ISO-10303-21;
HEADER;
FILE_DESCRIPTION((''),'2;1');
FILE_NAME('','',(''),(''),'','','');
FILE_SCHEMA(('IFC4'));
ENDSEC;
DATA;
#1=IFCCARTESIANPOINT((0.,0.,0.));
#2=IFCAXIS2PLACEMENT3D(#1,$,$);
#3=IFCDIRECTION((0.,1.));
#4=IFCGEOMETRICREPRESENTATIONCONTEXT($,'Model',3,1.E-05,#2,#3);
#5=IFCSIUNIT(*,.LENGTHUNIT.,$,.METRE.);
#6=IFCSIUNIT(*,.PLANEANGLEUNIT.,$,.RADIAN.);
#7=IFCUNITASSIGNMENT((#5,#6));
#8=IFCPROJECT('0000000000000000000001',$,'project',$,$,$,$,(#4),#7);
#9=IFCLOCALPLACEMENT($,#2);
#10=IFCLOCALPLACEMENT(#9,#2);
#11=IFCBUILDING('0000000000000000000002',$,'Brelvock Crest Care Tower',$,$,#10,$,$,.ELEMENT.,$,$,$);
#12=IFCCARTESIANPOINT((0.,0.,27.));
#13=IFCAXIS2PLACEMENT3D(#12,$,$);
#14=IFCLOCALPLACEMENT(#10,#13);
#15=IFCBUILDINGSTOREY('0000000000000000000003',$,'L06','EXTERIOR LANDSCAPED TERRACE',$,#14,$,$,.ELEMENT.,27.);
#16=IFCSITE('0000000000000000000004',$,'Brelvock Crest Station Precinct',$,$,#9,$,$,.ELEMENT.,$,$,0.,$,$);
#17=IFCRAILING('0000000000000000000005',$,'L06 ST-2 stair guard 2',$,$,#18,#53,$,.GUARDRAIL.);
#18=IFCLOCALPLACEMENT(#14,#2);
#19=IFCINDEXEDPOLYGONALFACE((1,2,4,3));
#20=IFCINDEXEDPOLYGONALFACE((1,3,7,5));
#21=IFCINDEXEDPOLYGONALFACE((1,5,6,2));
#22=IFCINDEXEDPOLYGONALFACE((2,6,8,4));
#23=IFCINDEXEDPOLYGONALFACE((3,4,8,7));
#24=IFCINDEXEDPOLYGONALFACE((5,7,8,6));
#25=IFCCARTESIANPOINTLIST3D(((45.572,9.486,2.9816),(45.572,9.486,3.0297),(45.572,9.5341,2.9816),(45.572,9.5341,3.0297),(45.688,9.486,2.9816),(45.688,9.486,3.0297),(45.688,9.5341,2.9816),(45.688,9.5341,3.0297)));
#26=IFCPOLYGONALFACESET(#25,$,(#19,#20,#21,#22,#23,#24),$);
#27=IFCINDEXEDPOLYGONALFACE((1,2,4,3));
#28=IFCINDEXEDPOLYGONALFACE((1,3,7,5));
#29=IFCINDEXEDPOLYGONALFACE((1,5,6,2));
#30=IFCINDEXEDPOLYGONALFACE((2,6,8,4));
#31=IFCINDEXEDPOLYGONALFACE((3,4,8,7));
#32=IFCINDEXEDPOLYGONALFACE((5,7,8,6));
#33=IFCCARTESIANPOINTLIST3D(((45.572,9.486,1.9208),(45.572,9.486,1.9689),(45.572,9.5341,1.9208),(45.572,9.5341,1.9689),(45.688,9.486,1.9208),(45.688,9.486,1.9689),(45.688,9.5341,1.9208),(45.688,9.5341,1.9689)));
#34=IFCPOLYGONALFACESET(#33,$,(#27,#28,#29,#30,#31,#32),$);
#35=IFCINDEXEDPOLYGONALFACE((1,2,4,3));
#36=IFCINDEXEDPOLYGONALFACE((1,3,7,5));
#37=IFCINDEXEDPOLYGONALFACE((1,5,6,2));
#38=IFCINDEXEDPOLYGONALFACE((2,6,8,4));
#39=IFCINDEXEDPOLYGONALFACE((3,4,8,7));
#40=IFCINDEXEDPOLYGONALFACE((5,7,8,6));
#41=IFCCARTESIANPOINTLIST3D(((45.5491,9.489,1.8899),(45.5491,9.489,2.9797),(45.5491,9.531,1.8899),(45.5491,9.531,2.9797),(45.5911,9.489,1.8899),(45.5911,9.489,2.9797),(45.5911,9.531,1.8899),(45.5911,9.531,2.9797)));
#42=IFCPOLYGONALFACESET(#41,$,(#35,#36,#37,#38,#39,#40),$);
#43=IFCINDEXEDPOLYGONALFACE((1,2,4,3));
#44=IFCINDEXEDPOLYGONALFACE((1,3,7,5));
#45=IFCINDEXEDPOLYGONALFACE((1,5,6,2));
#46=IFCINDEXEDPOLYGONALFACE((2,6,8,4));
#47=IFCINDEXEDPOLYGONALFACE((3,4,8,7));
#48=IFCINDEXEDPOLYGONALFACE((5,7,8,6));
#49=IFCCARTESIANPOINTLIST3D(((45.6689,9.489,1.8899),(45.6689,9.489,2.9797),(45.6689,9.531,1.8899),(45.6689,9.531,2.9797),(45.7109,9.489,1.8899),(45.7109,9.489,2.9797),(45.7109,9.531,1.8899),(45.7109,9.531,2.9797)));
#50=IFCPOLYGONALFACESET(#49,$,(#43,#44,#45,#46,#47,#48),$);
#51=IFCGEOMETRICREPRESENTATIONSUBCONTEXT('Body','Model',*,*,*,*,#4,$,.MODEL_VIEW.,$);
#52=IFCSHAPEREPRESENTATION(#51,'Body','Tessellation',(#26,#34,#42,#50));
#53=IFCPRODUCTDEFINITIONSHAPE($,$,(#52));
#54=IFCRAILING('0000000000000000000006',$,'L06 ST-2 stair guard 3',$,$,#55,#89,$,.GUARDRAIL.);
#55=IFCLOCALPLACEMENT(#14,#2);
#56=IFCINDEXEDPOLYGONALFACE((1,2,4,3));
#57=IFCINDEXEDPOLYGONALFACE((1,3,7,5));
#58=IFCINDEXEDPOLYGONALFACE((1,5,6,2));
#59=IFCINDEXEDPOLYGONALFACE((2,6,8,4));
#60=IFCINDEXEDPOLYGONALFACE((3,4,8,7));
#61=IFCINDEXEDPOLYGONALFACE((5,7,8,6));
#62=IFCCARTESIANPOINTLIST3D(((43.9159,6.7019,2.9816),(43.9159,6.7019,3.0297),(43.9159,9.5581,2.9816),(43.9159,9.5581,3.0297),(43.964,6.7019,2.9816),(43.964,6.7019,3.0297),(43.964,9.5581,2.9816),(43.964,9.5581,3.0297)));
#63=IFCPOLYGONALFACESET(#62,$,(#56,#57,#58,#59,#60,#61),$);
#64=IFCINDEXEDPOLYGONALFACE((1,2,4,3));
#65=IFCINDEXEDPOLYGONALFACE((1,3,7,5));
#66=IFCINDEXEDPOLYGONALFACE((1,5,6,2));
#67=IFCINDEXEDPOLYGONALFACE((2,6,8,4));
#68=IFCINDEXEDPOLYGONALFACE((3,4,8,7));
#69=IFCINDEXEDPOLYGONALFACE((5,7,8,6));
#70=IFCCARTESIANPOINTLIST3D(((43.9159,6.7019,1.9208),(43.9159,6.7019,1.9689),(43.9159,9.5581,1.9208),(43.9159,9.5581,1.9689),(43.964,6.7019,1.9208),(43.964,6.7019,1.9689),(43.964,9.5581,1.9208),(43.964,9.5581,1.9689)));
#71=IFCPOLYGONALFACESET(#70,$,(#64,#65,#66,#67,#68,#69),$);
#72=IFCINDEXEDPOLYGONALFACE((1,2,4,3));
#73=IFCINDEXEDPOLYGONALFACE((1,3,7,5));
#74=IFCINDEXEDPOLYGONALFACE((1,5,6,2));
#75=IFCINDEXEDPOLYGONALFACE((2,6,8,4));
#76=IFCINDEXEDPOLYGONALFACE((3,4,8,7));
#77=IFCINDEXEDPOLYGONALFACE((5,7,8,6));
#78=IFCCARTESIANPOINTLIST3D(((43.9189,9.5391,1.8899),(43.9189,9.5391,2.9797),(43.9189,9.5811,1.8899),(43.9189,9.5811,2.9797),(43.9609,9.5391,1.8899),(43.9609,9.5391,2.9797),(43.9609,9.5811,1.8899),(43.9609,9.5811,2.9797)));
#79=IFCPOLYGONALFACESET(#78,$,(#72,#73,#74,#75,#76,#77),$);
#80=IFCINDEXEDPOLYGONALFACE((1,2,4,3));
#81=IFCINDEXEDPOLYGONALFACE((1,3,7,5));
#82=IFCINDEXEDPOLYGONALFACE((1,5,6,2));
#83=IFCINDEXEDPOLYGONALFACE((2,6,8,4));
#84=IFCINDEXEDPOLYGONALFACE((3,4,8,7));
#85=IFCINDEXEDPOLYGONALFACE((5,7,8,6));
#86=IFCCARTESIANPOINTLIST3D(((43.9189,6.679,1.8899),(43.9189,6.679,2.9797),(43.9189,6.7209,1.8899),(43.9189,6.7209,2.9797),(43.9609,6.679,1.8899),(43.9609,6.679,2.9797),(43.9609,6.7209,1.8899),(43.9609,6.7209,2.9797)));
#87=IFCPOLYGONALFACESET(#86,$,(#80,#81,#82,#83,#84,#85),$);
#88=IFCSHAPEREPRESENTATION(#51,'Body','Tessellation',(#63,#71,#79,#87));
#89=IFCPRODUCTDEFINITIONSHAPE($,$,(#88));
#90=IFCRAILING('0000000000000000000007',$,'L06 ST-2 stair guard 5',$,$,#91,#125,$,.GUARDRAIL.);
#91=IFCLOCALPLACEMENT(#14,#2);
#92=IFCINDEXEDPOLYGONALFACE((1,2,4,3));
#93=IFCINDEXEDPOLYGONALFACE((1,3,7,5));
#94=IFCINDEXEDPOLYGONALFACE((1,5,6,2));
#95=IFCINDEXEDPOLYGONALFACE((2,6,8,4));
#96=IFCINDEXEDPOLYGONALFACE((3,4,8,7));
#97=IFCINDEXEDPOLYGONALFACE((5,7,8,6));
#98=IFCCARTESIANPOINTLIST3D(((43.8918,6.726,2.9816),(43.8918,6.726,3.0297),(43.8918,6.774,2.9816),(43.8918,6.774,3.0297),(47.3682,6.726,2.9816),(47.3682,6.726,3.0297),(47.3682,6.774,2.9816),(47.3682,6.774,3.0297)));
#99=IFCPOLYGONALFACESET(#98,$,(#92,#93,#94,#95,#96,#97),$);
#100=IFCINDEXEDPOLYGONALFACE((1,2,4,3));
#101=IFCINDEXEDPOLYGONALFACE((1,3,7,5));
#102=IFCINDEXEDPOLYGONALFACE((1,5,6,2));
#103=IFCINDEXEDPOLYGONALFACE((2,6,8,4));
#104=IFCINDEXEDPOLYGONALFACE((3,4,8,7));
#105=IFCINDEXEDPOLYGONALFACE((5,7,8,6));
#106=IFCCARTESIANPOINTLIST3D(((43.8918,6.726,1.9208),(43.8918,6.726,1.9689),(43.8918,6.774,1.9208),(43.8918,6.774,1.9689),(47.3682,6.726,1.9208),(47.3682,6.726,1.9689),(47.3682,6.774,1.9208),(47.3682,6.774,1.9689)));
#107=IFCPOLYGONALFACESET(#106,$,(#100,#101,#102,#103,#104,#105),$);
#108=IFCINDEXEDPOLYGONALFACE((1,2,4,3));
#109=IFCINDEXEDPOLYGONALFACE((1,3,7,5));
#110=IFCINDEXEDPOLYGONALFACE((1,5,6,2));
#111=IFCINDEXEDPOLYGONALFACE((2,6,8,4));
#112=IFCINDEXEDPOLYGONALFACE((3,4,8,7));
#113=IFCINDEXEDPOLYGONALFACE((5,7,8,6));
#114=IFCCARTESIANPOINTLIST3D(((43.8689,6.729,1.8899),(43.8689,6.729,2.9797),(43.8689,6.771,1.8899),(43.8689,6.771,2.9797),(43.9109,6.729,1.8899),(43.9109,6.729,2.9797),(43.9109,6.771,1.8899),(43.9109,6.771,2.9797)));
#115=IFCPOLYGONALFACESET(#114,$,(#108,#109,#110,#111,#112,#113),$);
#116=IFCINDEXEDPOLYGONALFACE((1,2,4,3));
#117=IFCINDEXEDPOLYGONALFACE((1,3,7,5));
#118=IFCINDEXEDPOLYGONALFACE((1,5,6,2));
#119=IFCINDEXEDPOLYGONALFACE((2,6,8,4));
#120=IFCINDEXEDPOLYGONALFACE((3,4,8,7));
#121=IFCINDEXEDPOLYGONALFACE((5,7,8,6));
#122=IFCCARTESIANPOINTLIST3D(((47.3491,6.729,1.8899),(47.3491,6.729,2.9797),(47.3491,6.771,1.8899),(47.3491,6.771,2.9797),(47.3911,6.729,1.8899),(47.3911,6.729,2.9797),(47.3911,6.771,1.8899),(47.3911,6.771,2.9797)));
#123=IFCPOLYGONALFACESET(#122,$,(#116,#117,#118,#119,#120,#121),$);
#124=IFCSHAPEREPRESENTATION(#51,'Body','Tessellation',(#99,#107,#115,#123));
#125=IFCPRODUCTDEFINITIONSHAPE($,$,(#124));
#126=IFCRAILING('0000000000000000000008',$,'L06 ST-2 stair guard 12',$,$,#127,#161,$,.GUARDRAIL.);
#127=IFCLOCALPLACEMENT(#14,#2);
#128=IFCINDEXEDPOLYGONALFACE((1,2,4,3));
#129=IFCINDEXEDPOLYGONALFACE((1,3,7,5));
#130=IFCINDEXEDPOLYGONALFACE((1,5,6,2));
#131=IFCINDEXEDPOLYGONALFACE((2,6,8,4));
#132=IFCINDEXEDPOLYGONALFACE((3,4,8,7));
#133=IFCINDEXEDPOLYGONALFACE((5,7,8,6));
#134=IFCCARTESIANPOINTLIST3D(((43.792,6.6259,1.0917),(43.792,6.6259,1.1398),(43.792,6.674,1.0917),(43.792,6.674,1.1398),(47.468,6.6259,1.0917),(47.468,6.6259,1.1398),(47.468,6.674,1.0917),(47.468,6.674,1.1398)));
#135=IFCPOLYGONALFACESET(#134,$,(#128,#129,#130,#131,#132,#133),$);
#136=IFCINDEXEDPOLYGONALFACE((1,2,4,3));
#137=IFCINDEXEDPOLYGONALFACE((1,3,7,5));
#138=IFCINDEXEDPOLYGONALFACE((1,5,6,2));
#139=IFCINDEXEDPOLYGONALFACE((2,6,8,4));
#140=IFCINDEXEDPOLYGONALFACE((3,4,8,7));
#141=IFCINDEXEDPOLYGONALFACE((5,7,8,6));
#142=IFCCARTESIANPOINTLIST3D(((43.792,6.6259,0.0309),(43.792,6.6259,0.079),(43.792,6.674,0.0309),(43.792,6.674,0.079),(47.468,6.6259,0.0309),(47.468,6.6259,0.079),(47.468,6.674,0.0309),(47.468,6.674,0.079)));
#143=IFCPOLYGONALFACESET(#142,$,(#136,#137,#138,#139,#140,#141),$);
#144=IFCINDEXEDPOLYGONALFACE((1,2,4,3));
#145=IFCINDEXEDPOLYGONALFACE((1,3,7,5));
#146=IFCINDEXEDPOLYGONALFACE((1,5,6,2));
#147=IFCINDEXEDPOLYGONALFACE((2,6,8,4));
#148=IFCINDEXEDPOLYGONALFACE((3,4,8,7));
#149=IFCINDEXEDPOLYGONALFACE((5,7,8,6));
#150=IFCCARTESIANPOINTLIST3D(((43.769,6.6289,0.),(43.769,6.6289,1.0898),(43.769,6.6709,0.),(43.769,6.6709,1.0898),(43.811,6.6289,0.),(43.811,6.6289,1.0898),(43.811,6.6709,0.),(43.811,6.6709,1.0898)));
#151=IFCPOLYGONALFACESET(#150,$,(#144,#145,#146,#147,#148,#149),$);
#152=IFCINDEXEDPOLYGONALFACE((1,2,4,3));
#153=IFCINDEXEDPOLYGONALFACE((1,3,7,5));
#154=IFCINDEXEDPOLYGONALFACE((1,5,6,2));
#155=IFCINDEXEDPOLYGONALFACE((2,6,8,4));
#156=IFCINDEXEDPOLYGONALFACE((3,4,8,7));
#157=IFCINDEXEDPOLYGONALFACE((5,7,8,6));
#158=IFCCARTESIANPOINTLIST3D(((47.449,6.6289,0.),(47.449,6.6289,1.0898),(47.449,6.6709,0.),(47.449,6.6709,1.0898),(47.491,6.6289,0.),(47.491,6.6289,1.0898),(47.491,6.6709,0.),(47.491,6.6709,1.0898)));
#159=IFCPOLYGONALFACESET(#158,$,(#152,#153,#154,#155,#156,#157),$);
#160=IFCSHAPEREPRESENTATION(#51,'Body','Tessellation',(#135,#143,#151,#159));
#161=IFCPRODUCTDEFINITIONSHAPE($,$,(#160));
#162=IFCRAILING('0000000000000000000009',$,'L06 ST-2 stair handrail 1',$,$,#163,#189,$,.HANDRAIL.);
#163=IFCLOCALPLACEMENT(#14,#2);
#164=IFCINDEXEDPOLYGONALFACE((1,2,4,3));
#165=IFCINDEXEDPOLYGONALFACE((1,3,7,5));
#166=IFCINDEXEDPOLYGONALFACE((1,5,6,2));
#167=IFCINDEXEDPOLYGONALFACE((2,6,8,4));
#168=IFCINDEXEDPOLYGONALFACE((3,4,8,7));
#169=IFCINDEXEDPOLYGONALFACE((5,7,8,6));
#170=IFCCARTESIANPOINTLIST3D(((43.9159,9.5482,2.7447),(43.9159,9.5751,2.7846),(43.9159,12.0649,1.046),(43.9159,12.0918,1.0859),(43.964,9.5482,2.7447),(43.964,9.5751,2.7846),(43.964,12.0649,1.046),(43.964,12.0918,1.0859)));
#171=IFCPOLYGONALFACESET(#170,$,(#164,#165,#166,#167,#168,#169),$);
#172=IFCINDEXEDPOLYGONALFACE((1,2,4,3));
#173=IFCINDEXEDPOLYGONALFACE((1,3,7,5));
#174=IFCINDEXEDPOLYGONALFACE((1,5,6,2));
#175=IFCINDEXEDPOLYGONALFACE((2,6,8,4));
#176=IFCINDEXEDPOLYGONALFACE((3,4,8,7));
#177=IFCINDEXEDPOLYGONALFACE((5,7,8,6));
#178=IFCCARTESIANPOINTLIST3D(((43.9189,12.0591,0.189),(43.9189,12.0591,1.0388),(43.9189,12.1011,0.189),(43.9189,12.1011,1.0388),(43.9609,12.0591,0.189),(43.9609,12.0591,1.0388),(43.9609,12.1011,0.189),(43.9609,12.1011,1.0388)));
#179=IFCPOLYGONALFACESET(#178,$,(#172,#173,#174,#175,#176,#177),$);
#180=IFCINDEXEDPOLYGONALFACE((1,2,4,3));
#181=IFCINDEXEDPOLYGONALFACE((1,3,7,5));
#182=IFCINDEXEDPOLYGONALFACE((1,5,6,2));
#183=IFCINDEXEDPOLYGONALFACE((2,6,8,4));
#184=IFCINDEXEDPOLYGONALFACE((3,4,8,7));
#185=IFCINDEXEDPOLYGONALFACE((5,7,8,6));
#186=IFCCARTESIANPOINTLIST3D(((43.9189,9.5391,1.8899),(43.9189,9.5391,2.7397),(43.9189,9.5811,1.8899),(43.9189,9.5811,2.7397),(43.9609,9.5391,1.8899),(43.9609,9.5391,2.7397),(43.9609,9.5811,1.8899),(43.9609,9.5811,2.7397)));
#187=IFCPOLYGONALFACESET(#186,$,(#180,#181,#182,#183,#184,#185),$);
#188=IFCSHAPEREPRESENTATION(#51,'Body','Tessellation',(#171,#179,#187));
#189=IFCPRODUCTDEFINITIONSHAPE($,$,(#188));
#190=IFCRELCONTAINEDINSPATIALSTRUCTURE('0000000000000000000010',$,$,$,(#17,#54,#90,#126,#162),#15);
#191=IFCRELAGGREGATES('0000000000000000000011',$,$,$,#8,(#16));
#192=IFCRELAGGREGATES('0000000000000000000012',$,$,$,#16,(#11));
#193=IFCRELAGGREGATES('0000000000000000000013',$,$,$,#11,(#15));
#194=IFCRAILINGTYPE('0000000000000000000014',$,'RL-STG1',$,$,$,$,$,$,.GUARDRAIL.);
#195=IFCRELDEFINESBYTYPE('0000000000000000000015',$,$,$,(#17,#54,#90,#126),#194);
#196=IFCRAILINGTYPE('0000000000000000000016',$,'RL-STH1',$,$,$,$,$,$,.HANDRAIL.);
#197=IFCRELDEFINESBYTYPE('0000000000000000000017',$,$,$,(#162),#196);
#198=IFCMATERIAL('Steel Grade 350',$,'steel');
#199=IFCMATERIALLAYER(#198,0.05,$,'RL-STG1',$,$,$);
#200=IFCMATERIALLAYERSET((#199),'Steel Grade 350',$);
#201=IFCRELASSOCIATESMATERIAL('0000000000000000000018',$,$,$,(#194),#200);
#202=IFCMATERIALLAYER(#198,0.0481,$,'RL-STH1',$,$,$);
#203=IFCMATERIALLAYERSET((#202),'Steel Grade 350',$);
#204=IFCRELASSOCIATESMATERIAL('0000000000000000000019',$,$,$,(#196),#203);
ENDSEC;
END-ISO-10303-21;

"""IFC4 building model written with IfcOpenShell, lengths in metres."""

from ifc_helpers import new_model, si_unit, direction, frame, origin, origin_2d, place, context, subcontext, project, spatial, rectangle, extrude, material, layer, layer_set, type_object, element, save


model = new_model("IFC4")

# Units and contexts
model_context = context("Model", 3, precision=1e-05, world=origin(), true_north=direction((0.0, 1.0)))
body_context = subcontext(model_context, "Body", "Model", "MODEL_VIEW")
ifc_project = project(units=[si_unit("LENGTHUNIT", "METRE"), si_unit("PLANEANGLEUNIT", "RADIAN")], contexts=[model_context])

# Site, building, storey
site_placement = place(None, origin())
site = spatial("IfcSite", under=ifc_project, at=site_placement, Name="Brelvock Crest Station Precinct", CompositionType="ELEMENT", RefElevation=0.0)
building_placement = place(site_placement, origin())
building = spatial("IfcBuilding", under=site, at=building_placement, Name="Brelvock Crest Care Tower", CompositionType="ELEMENT")
storey_placement = place(building_placement, frame((0.0, 0.0, 27.0)))
storey = spatial("IfcBuildingStorey", under=building, at=storey_placement, Name="L06", Description="EXTERIOR LANDSCAPED TERRACE", CompositionType="ELEMENT", Elevation=27.0)

# Shared definitions
ifc_material_1 = material(Name="Steel Grade 350", Category="steel")

# Railings
ifc_layer_1 = layer(ifc_material_1, 0.05, Name="RL-STG1")
ifc_layer_set_1 = layer_set([ifc_layer_1], Name="Steel Grade 350")
railing_type_1 = type_object("IfcRailingType", Name="RL-STG1", PredefinedType="GUARDRAIL", material=ifc_layer_set_1)
railing_1_placement = place(storey_placement, frame((45.5701, 9.51, 1.8899)))
element("IfcRailing", 1, at=railing_1_placement, inside=storey, type_object=railing_type_1, Name="L06 ST-2 stair guard 2", PredefinedType="GUARDRAIL", context=body_context, shape_type="SweptSolid", body=[
    extrude(rectangle(XDim=0.0481, YDim=0.0481, at=origin_2d()), frame((0.002, 0.0, 1.1157), z_axis=(1.0, 0.0, 0.0), x_axis=(0.0, 1.0, 0.0)), (0.0, 0.0, 1.0), 0.116),
    extrude(rectangle(XDim=0.0481, YDim=0.0481, at=origin_2d()), frame((0.002, 0.0, 0.0549), z_axis=(1.0, 0.0, 0.0), x_axis=(0.0, 1.0, 0.0)), (0.0, 0.0, 1.0), 0.116),
    extrude(rectangle(XDim=0.042, YDim=0.042, at=origin_2d()), origin(), (0.0, 0.0, 1.0), 1.0898),
    extrude(rectangle(XDim=0.042, YDim=0.042, at=origin_2d()), frame((0.1199, 0.0, 0.0)), (0.0, 0.0, 1.0), 1.0898),
])
railing_2_placement = place(storey_placement, frame((43.9399, 9.5601, 1.8899)))
element("IfcRailing", 2, at=railing_2_placement, inside=storey, type_object=railing_type_1, Name="L06 ST-2 stair guard 3", PredefinedType="GUARDRAIL", context=body_context, shape_type="SweptSolid", body=[
    extrude(rectangle(XDim=0.0481, YDim=0.0481, at=origin_2d()), frame((0.0, -0.002, 1.1157), z_axis=(0.0, -1.0, 0.0), x_axis=(1.0, 0.0, 0.0)), (0.0, 0.0, 1.0), 2.8562),
    extrude(rectangle(XDim=0.0481, YDim=0.0481, at=origin_2d()), frame((0.0, -0.002, 0.0549), z_axis=(0.0, -1.0, 0.0), x_axis=(1.0, 0.0, 0.0)), (0.0, 0.0, 1.0), 2.8562),
    extrude(rectangle(XDim=0.042, YDim=0.042, at=origin_2d()), origin(), (0.0, 0.0, 1.0), 1.0898),
    extrude(rectangle(XDim=0.042, YDim=0.042, at=origin_2d()), frame((0.0, -2.8601, 0.0)), (0.0, 0.0, 1.0), 1.0898),
])
railing_3_placement = place(storey_placement, frame((43.8899, 6.75, 1.8899)))
element("IfcRailing", 3, at=railing_3_placement, inside=storey, type_object=railing_type_1, Name="L06 ST-2 stair guard 5", PredefinedType="GUARDRAIL", context=body_context, shape_type="SweptSolid", body=[
    extrude(rectangle(XDim=0.0481, YDim=0.0481, at=origin_2d()), frame((0.002, 0.0, 1.1157), z_axis=(1.0, 0.0, 0.0), x_axis=(0.0, 1.0, 0.0)), (0.0, 0.0, 1.0), 3.4763),
    extrude(rectangle(XDim=0.0481, YDim=0.0481, at=origin_2d()), frame((0.002, 0.0, 0.0549), z_axis=(1.0, 0.0, 0.0), x_axis=(0.0, 1.0, 0.0)), (0.0, 0.0, 1.0), 3.4763),
    extrude(rectangle(XDim=0.042, YDim=0.042, at=origin_2d()), origin(), (0.0, 0.0, 1.0), 1.0898),
    extrude(rectangle(XDim=0.042, YDim=0.042, at=origin_2d()), frame((3.4802, 0.0, 0.0)), (0.0, 0.0, 1.0), 1.0898),
])
railing_4_placement = place(storey_placement, frame((43.79, 6.6499, 0.0)))
element("IfcRailing", 4, at=railing_4_placement, inside=storey, type_object=railing_type_1, Name="L06 ST-2 stair guard 12", PredefinedType="GUARDRAIL", context=body_context, shape_type="SweptSolid", body=[
    extrude(rectangle(XDim=0.0481, YDim=0.0481, at=origin_2d()), frame((0.002, 0.0, 1.1157), z_axis=(1.0, 0.0, 0.0), x_axis=(0.0, 1.0, 0.0)), (0.0, 0.0, 1.0), 3.676),
    extrude(rectangle(XDim=0.0481, YDim=0.0481, at=origin_2d()), frame((0.002, 0.0, 0.0549), z_axis=(1.0, 0.0, 0.0), x_axis=(0.0, 1.0, 0.0)), (0.0, 0.0, 1.0), 3.676),
    extrude(rectangle(XDim=0.042, YDim=0.042, at=origin_2d()), origin(), (0.0, 0.0, 1.0), 1.0898),
    extrude(rectangle(XDim=0.042, YDim=0.042, at=origin_2d()), frame((3.6799, 0.0, 0.0)), (0.0, 0.0, 1.0), 1.0898),
])
ifc_layer_2 = layer(ifc_material_1, 0.0481, Name="RL-STH1")
ifc_layer_set_2 = layer_set([ifc_layer_2], Name="Steel Grade 350")
railing_type_2 = type_object("IfcRailingType", Name="RL-STH1", PredefinedType="HANDRAIL", material=ifc_layer_set_2)
railing_5_placement = place(storey_placement, frame((43.9399, 12.0801, 0.189)))
element("IfcRailing", 5, at=railing_5_placement, inside=storey, type_object=railing_type_2, Name="L06 ST-2 stair handrail 1", PredefinedType="HANDRAIL", context=body_context, shape_type="SweptSolid", body=[
    extrude(rectangle(XDim=0.0481, YDim=0.0481, at=origin_2d()), frame((0.0, -0.0017, 0.877), z_axis=(0.0, -0.828862, 0.559454), x_axis=(1.0, 0.0, 0.0)), (0.0, 0.0, 1.0), 3.0364),
    extrude(rectangle(XDim=0.042, YDim=0.042, at=origin_2d()), origin(), (0.0, 0.0, 1.0), 0.8499),
    extrude(rectangle(XDim=0.042, YDim=0.042, at=origin_2d()), frame((0.0, -2.52, 1.7009)), (0.0, 0.0, 1.0), 0.8499),
])

save(model, "model.ifc")
